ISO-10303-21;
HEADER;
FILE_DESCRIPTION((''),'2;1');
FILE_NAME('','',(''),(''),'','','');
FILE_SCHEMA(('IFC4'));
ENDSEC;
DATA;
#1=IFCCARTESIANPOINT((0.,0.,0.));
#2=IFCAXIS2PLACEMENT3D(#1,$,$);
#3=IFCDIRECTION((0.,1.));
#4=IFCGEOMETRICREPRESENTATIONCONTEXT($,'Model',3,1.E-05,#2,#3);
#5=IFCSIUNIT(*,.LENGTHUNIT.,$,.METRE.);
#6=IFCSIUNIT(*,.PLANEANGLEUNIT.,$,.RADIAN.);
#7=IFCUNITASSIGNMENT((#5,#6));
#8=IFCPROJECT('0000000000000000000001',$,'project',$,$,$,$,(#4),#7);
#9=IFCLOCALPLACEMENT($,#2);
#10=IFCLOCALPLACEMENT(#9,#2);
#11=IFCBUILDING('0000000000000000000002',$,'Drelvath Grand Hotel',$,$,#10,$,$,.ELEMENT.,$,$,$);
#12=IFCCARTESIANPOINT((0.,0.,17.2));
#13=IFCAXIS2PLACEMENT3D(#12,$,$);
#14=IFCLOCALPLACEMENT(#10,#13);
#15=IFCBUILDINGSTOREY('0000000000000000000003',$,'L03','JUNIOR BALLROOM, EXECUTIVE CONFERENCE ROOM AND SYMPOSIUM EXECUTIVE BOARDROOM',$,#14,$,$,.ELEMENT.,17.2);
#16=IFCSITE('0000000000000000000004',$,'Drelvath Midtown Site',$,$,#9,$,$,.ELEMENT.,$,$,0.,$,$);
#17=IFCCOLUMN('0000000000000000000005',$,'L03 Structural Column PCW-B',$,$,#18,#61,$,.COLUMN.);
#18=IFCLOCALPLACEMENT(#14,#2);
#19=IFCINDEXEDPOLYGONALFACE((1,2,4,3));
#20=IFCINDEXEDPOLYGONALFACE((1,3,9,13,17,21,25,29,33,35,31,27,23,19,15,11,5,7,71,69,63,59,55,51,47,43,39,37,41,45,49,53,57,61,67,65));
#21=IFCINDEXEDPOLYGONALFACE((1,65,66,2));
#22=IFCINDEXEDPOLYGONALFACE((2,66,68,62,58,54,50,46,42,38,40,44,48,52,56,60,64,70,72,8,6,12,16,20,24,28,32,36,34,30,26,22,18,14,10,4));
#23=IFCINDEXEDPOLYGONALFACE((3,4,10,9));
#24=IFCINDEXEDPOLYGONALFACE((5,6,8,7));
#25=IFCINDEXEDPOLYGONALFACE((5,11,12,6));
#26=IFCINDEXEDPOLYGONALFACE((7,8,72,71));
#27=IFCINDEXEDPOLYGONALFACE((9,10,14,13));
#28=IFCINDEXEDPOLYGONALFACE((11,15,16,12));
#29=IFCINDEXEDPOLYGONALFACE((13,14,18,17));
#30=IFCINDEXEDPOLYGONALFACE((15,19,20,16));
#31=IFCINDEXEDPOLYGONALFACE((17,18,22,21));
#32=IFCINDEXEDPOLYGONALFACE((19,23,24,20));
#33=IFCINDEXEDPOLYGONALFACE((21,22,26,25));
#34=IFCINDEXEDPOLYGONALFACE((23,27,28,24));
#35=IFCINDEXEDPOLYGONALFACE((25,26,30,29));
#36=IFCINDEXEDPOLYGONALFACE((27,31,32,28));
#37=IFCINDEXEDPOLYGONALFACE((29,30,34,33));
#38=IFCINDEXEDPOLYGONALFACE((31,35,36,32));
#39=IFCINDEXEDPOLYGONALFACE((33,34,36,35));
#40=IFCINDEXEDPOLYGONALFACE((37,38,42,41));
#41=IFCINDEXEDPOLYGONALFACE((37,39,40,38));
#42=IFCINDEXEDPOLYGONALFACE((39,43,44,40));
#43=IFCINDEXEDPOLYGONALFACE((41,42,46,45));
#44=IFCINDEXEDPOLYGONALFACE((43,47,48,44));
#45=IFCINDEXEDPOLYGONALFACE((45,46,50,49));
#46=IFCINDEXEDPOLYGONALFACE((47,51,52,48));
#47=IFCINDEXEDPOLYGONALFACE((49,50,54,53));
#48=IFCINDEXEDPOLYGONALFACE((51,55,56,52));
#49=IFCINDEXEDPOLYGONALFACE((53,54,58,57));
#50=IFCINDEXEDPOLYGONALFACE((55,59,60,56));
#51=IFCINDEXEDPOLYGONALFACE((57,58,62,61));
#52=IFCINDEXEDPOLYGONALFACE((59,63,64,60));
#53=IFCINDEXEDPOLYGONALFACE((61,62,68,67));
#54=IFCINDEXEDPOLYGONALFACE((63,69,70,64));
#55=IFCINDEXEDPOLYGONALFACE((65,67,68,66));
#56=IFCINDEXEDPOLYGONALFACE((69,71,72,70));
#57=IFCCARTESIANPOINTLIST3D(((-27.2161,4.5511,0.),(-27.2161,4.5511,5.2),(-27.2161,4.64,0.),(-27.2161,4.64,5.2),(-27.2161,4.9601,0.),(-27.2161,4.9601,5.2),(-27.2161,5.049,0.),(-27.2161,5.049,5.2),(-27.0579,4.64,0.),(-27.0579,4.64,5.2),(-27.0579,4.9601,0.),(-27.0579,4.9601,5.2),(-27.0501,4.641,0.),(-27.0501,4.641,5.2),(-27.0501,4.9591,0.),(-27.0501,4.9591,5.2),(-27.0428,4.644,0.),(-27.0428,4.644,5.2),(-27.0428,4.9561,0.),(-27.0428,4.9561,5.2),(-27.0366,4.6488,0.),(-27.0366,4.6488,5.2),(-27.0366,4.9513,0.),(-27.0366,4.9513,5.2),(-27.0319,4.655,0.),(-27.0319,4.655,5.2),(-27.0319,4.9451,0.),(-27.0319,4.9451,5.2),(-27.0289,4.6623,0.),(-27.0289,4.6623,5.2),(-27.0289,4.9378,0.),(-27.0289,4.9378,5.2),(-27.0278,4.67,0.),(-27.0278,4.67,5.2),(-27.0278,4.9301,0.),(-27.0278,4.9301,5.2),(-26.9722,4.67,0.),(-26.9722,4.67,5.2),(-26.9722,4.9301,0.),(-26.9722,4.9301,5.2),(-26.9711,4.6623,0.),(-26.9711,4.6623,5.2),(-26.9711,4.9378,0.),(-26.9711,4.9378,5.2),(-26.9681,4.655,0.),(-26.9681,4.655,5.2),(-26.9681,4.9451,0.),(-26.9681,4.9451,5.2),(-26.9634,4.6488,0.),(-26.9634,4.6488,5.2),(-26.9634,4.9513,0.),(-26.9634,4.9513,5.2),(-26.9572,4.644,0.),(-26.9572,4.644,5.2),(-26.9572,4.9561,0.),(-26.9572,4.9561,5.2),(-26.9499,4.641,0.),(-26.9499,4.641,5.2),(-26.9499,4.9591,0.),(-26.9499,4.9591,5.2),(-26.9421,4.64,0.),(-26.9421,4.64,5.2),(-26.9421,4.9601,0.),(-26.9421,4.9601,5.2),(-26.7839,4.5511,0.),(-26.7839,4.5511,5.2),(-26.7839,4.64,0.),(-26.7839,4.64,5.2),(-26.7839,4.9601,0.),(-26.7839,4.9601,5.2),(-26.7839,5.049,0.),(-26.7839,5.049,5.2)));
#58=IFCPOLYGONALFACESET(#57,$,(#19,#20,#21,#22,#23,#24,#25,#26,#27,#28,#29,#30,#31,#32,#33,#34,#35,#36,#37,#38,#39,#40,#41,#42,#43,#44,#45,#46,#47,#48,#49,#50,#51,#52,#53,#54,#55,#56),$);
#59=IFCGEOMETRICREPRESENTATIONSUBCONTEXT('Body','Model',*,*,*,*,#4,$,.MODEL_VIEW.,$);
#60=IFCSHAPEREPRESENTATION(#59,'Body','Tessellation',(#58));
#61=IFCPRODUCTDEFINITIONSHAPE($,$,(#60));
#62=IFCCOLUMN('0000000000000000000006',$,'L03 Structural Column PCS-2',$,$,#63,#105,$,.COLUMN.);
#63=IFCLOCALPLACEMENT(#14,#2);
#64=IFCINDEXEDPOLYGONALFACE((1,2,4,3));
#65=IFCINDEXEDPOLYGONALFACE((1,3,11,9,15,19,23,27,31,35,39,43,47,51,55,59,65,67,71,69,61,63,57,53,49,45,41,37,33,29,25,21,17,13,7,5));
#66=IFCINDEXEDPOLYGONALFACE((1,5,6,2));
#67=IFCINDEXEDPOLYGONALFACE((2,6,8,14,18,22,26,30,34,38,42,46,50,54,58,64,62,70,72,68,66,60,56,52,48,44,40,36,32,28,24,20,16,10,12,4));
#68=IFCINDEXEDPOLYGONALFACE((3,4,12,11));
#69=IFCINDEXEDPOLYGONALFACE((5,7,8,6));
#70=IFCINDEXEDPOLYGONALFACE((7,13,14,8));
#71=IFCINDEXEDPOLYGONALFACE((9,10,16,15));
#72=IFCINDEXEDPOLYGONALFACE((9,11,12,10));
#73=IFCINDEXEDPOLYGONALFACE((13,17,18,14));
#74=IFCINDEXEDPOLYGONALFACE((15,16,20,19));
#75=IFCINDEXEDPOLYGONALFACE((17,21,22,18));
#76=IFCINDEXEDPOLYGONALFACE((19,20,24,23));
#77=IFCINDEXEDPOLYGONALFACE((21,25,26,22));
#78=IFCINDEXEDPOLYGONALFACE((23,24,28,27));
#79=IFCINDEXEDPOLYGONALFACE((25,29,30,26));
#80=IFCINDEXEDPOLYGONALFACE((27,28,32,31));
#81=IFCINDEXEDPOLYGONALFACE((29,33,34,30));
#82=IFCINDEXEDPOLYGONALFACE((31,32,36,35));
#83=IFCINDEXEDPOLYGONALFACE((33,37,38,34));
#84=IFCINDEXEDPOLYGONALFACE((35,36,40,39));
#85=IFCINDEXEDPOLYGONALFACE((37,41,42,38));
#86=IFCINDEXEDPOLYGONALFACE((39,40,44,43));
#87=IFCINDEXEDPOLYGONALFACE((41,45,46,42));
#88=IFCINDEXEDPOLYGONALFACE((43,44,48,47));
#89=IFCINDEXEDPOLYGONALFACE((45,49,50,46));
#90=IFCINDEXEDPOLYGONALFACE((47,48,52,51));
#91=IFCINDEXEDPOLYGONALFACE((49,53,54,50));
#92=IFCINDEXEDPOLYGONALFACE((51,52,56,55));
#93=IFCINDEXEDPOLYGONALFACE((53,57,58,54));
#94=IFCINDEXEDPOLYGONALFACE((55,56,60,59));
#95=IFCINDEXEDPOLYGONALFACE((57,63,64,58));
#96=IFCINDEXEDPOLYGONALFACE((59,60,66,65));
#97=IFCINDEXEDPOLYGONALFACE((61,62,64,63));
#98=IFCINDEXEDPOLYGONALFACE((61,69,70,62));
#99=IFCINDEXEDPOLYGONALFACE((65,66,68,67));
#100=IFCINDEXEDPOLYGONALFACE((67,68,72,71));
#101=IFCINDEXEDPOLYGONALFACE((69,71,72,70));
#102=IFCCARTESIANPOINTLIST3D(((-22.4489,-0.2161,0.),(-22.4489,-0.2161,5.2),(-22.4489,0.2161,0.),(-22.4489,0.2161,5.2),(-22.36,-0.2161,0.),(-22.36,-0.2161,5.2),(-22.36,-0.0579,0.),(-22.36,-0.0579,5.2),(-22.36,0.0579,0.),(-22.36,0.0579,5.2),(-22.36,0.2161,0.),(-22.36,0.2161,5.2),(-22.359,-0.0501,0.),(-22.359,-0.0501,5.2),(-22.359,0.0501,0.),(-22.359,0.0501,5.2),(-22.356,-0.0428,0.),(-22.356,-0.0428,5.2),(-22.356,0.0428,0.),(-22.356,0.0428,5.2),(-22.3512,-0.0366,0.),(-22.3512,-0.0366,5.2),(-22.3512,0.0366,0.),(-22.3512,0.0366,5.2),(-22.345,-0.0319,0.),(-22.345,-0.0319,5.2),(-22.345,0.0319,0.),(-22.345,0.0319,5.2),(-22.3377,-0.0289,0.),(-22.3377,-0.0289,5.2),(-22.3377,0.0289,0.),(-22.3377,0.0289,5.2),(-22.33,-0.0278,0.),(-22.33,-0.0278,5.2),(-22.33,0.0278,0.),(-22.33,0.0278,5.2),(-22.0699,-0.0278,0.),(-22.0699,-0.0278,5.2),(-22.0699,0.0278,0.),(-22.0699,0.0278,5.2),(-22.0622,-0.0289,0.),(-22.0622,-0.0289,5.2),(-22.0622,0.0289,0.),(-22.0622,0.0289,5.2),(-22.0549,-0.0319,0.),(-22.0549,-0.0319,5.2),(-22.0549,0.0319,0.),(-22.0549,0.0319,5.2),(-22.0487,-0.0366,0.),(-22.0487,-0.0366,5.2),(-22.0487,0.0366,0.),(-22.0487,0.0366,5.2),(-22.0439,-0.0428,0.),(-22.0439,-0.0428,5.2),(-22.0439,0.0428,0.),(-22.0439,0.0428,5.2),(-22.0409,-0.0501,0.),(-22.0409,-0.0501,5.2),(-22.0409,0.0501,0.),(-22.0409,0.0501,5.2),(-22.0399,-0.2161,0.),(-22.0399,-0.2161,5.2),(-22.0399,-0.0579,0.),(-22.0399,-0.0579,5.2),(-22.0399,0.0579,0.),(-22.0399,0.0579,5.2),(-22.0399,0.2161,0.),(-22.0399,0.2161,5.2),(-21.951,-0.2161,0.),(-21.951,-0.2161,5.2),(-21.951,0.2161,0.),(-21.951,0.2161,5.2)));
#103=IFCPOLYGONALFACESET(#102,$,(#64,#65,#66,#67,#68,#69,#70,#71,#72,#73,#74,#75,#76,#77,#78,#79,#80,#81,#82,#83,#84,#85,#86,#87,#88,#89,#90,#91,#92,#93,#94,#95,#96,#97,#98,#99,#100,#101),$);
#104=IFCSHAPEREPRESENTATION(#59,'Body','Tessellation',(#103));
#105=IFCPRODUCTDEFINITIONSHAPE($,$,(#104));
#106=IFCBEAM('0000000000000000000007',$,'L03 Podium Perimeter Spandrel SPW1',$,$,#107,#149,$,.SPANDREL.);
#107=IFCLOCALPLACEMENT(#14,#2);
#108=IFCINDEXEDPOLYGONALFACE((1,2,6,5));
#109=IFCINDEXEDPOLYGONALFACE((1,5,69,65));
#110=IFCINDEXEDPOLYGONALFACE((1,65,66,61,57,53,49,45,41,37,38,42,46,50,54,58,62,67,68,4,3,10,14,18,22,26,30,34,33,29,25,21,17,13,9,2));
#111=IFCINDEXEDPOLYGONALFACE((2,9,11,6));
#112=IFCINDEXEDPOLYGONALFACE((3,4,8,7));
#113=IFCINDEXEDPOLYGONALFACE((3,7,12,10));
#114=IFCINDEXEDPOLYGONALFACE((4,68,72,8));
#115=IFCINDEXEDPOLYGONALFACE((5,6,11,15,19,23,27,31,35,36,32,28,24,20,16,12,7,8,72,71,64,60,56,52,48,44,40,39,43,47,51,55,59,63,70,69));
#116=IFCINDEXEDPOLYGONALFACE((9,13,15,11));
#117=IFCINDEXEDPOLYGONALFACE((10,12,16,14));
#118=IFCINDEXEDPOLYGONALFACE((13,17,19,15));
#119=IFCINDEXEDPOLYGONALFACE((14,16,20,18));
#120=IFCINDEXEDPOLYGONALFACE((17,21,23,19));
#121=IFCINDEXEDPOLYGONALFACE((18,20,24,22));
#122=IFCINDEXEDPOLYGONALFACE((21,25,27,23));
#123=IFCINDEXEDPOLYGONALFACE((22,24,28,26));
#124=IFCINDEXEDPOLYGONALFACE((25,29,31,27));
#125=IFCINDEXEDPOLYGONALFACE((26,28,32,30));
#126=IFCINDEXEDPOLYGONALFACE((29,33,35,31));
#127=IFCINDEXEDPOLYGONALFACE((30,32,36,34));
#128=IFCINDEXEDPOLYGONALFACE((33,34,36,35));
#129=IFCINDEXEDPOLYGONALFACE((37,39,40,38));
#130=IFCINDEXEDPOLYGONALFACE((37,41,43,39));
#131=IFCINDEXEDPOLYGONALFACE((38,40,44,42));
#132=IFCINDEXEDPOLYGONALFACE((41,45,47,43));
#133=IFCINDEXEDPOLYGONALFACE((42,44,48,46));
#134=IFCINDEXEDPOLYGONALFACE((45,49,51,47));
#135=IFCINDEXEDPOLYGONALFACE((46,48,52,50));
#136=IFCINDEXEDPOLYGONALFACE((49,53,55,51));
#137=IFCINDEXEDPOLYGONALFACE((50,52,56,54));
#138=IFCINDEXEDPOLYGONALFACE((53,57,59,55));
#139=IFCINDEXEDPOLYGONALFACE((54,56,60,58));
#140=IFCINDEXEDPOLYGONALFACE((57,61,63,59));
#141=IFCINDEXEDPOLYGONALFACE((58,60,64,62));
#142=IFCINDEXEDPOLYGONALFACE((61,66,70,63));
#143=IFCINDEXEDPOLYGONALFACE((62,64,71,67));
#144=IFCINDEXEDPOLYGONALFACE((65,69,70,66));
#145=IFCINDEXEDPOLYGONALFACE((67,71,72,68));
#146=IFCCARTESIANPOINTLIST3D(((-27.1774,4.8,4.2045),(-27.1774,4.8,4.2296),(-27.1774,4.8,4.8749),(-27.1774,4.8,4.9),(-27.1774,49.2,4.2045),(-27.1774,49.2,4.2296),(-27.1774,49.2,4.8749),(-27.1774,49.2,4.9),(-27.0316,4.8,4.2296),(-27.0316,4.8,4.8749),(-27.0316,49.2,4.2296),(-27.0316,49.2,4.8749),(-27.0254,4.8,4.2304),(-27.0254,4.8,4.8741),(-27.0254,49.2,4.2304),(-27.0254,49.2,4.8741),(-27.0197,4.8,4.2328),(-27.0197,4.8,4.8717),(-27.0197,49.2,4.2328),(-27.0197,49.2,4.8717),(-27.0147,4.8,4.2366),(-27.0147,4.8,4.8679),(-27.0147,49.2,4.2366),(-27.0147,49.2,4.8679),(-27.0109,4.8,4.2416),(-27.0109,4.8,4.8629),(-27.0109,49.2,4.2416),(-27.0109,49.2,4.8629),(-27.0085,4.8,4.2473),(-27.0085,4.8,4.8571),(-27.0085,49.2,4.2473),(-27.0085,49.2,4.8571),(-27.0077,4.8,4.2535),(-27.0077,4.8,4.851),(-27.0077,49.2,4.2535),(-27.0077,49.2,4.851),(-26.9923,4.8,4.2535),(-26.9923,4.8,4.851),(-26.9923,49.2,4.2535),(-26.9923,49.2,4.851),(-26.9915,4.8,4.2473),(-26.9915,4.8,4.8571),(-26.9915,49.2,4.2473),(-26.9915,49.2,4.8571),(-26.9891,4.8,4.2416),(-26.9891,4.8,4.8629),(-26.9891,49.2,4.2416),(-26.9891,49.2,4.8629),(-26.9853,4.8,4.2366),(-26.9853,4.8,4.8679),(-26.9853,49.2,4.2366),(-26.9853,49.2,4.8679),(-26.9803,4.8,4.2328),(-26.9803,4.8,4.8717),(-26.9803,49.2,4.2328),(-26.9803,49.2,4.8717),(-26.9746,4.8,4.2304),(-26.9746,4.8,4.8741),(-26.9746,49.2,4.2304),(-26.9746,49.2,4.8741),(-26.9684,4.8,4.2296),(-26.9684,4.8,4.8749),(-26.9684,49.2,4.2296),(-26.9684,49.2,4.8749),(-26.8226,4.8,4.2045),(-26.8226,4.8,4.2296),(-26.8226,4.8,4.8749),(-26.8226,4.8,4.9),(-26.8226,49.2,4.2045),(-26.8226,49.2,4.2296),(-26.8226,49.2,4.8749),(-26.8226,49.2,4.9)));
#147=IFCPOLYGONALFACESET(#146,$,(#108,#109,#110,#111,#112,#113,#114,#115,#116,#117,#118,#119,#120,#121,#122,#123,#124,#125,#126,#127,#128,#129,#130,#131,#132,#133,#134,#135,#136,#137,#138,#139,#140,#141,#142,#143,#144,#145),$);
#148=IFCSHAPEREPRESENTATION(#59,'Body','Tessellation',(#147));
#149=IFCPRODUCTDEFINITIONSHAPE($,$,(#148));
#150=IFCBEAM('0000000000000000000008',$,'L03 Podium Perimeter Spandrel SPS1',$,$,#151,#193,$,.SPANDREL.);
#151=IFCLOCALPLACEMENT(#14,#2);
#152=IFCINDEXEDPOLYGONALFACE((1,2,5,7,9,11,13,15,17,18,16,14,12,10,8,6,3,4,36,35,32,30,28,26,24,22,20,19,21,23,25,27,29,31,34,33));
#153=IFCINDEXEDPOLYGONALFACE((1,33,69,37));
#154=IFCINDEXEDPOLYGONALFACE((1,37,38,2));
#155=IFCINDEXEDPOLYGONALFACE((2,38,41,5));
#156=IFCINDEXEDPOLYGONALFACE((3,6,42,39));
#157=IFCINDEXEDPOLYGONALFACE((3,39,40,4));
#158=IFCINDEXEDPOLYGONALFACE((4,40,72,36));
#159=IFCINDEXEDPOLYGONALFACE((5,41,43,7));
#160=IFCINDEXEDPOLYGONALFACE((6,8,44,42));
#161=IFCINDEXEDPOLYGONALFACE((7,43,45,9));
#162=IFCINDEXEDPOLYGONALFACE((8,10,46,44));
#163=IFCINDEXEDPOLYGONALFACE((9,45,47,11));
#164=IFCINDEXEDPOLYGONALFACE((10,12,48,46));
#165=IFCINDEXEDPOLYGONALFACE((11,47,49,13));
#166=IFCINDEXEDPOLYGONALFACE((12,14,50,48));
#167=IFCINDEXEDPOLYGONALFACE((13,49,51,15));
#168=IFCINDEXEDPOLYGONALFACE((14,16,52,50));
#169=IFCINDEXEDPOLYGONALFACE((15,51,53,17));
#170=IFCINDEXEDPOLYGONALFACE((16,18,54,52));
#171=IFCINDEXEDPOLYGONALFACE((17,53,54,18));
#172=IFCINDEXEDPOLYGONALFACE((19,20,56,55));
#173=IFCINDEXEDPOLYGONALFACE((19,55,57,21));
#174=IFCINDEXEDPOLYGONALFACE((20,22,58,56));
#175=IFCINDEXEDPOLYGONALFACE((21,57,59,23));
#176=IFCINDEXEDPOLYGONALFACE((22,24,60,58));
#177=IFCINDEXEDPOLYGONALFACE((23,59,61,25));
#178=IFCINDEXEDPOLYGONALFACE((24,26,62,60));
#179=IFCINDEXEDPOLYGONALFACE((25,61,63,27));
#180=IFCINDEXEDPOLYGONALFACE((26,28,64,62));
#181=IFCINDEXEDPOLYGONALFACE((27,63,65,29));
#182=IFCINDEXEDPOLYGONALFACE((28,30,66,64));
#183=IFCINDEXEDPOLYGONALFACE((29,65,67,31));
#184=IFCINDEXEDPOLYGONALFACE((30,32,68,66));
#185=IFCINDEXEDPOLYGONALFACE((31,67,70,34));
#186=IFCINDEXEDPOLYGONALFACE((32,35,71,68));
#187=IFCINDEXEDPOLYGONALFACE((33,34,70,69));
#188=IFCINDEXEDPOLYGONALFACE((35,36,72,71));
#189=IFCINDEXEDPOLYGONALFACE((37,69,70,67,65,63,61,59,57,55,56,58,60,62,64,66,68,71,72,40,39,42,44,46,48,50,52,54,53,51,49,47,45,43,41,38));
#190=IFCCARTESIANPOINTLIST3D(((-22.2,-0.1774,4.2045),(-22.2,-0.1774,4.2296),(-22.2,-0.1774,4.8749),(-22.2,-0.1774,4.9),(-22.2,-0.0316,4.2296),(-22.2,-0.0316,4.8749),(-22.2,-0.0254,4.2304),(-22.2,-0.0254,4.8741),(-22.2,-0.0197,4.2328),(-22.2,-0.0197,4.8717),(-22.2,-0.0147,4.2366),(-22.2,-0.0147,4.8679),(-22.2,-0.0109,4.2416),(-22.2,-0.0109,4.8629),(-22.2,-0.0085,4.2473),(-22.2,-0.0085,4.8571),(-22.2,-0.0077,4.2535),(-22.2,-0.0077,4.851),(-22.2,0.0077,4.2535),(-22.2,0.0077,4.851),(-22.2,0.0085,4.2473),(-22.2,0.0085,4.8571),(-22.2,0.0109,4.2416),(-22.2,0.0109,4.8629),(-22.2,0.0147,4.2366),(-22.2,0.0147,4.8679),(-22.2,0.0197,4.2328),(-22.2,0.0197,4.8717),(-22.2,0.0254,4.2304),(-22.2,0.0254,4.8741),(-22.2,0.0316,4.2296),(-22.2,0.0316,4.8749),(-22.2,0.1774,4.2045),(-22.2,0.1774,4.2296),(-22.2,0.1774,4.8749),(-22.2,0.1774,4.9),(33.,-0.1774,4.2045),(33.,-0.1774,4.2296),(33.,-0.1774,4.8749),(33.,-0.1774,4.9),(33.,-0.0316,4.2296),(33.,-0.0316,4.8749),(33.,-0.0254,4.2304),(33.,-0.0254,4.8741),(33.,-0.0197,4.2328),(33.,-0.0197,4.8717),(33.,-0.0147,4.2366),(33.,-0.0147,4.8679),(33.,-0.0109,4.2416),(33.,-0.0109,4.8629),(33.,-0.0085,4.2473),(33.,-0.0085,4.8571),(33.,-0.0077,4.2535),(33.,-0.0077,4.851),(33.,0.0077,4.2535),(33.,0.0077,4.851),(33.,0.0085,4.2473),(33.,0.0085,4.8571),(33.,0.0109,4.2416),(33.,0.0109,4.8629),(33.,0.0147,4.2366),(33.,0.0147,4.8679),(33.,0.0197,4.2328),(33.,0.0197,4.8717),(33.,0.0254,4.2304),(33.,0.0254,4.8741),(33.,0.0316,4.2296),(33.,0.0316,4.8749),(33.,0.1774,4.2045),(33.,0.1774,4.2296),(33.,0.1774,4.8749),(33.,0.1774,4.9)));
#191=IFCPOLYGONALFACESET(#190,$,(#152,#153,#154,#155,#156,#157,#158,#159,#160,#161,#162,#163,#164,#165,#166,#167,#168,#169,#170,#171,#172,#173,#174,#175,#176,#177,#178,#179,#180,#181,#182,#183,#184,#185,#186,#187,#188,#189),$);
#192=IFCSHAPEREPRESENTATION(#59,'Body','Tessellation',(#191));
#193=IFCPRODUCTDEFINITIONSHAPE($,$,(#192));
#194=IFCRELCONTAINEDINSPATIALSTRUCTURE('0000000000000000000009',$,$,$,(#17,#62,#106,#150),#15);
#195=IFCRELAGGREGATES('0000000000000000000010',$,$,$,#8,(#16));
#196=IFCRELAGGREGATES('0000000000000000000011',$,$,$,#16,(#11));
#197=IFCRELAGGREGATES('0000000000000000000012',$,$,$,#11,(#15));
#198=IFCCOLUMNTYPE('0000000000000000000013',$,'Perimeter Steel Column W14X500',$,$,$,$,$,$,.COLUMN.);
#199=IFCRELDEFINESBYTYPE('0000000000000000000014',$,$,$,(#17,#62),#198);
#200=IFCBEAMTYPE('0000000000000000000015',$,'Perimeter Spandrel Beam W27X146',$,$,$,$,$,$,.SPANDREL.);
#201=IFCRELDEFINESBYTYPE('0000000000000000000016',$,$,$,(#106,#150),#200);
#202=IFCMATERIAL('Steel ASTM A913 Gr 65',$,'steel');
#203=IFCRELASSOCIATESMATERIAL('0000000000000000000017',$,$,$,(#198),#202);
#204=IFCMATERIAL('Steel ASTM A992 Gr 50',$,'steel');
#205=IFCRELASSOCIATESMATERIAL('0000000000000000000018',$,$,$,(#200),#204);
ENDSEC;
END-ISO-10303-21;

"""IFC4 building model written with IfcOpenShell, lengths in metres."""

from ifc_helpers import new_model, si_unit, direction, frame, origin, origin_2d, place, context, subcontext, project, spatial, i_section, extrude, material, material_profile, profile_set, type_object, element, save


model = new_model("IFC4")

# Units and contexts
model_context = context("Model", 3, precision=1e-05, world=origin(), true_north=direction((0.0, 1.0)))
body_context = subcontext(model_context, "Body", "Model", "MODEL_VIEW")
ifc_project = project(units=[si_unit("LENGTHUNIT", "METRE"), si_unit("PLANEANGLEUNIT", "RADIAN")], contexts=[model_context])

# Site, building, storey
site_placement = place(None, origin())
site = spatial("IfcSite", under=ifc_project, at=site_placement, Name="Drelvath Midtown Site", CompositionType="ELEMENT", RefElevation=0.0)
building_placement = place(site_placement, origin())
building = spatial("IfcBuilding", under=site, at=building_placement, Name="Drelvath Grand Hotel", CompositionType="ELEMENT")
storey_placement = place(building_placement, frame((0.0, 0.0, 17.2)))
storey = spatial("IfcBuildingStorey", under=building, at=storey_placement, Name="L03", Description="JUNIOR BALLROOM, EXECUTIVE CONFERENCE ROOM AND SYMPOSIUM EXECUTIVE BOARDROOM", CompositionType="ELEMENT", Elevation=17.2)

# Columns
ifc_material_1 = material(Name="Steel ASTM A913 Gr 65", Category="steel")
ifc_material_profile_1 = material_profile(ifc_material_1, i_section(OverallWidth=0.4321, OverallDepth=0.4978, WebThickness=0.0557, FlangeThickness=0.0889, FilletRadius=0.03, at=origin_2d()), Name="W14X500")
ifc_profile_set_1 = profile_set([ifc_material_profile_1], Name="Steel ASTM A913 Gr 65")
column_type = type_object("IfcColumnType", Name="Perimeter Steel Column W14X500", PredefinedType="COLUMN", material=ifc_profile_set_1)
for number, where, z_axis, x_axis, name in (
    (1, (-27.0, 4.8, 0.0), (0.0, 0.0, 1.0), (1.0, 0.0, 0.0), "L03 Structural Column PCW-B"),
    (2, (-22.2, 0.0, 0.0), (0.0, 0.0, 1.0), (0.0, 1.0, 0.0), "L03 Structural Column PCS-2"),
):
    element("IfcColumn", number, at=place(storey_placement, frame(where, z_axis=z_axis, x_axis=x_axis)), inside=storey, type_object=column_type, Name=name, PredefinedType="COLUMN", context=body_context, shape_type="SweptSolid", body=[
        extrude(i_section(OverallWidth=0.4321, OverallDepth=0.4978, WebThickness=0.0557, FlangeThickness=0.0889, FilletRadius=0.03, at=origin_2d()), origin(), (0.0, 0.0, 1.0), 5.2),
    ])

# Beams
ifc_material_2 = material(Name="Steel ASTM A992 Gr 50", Category="steel")
ifc_material_profile_2 = material_profile(ifc_material_2, i_section(OverallWidth=0.3547, OverallDepth=0.6956, WebThickness=0.0154, FlangeThickness=0.0251, FilletRadius=0.0239, at=origin_2d()), Name="W27X146")
ifc_profile_set_2 = profile_set([ifc_material_profile_2], Name="Steel ASTM A992 Gr 50")
beam_type_1 = type_object("IfcBeamType", Name="Perimeter Spandrel Beam W27X146", PredefinedType="SPANDREL", material=ifc_profile_set_2)
beam_1_placement = place(storey_placement, frame((-27.0, 4.8, 4.5522), z_axis=(0.0, 1.0, 0.0), x_axis=(-1.0, 0.0, 0.0)))
element("IfcBeam", 3, at=beam_1_placement, inside=storey, type_object=beam_type_1, Name="L03 Podium Perimeter Spandrel SPW1", PredefinedType="SPANDREL", context=body_context, shape_type="SweptSolid", body=[
    extrude(i_section(OverallWidth=0.3547, OverallDepth=0.6956, WebThickness=0.0154, FlangeThickness=0.0251, FilletRadius=0.0239, at=origin_2d()), origin(), (0.0, 0.0, 1.0), 44.3999),
])
beam_2_placement = place(storey_placement, frame((-22.2, 0.0, 4.5522), z_axis=(1.0, 0.0, 0.0), x_axis=(0.0, 1.0, 0.0)))
element("IfcBeam", 4, at=beam_2_placement, inside=storey, type_object=beam_type_1, Name="L03 Podium Perimeter Spandrel SPS1", PredefinedType="SPANDREL", context=body_context, shape_type="SweptSolid", body=[
    extrude(i_section(OverallWidth=0.3547, OverallDepth=0.6956, WebThickness=0.0154, FlangeThickness=0.0251, FilletRadius=0.0239, at=origin_2d()), origin(), (0.0, 0.0, 1.0), 55.2),
])

save(model, "model.ifc")
